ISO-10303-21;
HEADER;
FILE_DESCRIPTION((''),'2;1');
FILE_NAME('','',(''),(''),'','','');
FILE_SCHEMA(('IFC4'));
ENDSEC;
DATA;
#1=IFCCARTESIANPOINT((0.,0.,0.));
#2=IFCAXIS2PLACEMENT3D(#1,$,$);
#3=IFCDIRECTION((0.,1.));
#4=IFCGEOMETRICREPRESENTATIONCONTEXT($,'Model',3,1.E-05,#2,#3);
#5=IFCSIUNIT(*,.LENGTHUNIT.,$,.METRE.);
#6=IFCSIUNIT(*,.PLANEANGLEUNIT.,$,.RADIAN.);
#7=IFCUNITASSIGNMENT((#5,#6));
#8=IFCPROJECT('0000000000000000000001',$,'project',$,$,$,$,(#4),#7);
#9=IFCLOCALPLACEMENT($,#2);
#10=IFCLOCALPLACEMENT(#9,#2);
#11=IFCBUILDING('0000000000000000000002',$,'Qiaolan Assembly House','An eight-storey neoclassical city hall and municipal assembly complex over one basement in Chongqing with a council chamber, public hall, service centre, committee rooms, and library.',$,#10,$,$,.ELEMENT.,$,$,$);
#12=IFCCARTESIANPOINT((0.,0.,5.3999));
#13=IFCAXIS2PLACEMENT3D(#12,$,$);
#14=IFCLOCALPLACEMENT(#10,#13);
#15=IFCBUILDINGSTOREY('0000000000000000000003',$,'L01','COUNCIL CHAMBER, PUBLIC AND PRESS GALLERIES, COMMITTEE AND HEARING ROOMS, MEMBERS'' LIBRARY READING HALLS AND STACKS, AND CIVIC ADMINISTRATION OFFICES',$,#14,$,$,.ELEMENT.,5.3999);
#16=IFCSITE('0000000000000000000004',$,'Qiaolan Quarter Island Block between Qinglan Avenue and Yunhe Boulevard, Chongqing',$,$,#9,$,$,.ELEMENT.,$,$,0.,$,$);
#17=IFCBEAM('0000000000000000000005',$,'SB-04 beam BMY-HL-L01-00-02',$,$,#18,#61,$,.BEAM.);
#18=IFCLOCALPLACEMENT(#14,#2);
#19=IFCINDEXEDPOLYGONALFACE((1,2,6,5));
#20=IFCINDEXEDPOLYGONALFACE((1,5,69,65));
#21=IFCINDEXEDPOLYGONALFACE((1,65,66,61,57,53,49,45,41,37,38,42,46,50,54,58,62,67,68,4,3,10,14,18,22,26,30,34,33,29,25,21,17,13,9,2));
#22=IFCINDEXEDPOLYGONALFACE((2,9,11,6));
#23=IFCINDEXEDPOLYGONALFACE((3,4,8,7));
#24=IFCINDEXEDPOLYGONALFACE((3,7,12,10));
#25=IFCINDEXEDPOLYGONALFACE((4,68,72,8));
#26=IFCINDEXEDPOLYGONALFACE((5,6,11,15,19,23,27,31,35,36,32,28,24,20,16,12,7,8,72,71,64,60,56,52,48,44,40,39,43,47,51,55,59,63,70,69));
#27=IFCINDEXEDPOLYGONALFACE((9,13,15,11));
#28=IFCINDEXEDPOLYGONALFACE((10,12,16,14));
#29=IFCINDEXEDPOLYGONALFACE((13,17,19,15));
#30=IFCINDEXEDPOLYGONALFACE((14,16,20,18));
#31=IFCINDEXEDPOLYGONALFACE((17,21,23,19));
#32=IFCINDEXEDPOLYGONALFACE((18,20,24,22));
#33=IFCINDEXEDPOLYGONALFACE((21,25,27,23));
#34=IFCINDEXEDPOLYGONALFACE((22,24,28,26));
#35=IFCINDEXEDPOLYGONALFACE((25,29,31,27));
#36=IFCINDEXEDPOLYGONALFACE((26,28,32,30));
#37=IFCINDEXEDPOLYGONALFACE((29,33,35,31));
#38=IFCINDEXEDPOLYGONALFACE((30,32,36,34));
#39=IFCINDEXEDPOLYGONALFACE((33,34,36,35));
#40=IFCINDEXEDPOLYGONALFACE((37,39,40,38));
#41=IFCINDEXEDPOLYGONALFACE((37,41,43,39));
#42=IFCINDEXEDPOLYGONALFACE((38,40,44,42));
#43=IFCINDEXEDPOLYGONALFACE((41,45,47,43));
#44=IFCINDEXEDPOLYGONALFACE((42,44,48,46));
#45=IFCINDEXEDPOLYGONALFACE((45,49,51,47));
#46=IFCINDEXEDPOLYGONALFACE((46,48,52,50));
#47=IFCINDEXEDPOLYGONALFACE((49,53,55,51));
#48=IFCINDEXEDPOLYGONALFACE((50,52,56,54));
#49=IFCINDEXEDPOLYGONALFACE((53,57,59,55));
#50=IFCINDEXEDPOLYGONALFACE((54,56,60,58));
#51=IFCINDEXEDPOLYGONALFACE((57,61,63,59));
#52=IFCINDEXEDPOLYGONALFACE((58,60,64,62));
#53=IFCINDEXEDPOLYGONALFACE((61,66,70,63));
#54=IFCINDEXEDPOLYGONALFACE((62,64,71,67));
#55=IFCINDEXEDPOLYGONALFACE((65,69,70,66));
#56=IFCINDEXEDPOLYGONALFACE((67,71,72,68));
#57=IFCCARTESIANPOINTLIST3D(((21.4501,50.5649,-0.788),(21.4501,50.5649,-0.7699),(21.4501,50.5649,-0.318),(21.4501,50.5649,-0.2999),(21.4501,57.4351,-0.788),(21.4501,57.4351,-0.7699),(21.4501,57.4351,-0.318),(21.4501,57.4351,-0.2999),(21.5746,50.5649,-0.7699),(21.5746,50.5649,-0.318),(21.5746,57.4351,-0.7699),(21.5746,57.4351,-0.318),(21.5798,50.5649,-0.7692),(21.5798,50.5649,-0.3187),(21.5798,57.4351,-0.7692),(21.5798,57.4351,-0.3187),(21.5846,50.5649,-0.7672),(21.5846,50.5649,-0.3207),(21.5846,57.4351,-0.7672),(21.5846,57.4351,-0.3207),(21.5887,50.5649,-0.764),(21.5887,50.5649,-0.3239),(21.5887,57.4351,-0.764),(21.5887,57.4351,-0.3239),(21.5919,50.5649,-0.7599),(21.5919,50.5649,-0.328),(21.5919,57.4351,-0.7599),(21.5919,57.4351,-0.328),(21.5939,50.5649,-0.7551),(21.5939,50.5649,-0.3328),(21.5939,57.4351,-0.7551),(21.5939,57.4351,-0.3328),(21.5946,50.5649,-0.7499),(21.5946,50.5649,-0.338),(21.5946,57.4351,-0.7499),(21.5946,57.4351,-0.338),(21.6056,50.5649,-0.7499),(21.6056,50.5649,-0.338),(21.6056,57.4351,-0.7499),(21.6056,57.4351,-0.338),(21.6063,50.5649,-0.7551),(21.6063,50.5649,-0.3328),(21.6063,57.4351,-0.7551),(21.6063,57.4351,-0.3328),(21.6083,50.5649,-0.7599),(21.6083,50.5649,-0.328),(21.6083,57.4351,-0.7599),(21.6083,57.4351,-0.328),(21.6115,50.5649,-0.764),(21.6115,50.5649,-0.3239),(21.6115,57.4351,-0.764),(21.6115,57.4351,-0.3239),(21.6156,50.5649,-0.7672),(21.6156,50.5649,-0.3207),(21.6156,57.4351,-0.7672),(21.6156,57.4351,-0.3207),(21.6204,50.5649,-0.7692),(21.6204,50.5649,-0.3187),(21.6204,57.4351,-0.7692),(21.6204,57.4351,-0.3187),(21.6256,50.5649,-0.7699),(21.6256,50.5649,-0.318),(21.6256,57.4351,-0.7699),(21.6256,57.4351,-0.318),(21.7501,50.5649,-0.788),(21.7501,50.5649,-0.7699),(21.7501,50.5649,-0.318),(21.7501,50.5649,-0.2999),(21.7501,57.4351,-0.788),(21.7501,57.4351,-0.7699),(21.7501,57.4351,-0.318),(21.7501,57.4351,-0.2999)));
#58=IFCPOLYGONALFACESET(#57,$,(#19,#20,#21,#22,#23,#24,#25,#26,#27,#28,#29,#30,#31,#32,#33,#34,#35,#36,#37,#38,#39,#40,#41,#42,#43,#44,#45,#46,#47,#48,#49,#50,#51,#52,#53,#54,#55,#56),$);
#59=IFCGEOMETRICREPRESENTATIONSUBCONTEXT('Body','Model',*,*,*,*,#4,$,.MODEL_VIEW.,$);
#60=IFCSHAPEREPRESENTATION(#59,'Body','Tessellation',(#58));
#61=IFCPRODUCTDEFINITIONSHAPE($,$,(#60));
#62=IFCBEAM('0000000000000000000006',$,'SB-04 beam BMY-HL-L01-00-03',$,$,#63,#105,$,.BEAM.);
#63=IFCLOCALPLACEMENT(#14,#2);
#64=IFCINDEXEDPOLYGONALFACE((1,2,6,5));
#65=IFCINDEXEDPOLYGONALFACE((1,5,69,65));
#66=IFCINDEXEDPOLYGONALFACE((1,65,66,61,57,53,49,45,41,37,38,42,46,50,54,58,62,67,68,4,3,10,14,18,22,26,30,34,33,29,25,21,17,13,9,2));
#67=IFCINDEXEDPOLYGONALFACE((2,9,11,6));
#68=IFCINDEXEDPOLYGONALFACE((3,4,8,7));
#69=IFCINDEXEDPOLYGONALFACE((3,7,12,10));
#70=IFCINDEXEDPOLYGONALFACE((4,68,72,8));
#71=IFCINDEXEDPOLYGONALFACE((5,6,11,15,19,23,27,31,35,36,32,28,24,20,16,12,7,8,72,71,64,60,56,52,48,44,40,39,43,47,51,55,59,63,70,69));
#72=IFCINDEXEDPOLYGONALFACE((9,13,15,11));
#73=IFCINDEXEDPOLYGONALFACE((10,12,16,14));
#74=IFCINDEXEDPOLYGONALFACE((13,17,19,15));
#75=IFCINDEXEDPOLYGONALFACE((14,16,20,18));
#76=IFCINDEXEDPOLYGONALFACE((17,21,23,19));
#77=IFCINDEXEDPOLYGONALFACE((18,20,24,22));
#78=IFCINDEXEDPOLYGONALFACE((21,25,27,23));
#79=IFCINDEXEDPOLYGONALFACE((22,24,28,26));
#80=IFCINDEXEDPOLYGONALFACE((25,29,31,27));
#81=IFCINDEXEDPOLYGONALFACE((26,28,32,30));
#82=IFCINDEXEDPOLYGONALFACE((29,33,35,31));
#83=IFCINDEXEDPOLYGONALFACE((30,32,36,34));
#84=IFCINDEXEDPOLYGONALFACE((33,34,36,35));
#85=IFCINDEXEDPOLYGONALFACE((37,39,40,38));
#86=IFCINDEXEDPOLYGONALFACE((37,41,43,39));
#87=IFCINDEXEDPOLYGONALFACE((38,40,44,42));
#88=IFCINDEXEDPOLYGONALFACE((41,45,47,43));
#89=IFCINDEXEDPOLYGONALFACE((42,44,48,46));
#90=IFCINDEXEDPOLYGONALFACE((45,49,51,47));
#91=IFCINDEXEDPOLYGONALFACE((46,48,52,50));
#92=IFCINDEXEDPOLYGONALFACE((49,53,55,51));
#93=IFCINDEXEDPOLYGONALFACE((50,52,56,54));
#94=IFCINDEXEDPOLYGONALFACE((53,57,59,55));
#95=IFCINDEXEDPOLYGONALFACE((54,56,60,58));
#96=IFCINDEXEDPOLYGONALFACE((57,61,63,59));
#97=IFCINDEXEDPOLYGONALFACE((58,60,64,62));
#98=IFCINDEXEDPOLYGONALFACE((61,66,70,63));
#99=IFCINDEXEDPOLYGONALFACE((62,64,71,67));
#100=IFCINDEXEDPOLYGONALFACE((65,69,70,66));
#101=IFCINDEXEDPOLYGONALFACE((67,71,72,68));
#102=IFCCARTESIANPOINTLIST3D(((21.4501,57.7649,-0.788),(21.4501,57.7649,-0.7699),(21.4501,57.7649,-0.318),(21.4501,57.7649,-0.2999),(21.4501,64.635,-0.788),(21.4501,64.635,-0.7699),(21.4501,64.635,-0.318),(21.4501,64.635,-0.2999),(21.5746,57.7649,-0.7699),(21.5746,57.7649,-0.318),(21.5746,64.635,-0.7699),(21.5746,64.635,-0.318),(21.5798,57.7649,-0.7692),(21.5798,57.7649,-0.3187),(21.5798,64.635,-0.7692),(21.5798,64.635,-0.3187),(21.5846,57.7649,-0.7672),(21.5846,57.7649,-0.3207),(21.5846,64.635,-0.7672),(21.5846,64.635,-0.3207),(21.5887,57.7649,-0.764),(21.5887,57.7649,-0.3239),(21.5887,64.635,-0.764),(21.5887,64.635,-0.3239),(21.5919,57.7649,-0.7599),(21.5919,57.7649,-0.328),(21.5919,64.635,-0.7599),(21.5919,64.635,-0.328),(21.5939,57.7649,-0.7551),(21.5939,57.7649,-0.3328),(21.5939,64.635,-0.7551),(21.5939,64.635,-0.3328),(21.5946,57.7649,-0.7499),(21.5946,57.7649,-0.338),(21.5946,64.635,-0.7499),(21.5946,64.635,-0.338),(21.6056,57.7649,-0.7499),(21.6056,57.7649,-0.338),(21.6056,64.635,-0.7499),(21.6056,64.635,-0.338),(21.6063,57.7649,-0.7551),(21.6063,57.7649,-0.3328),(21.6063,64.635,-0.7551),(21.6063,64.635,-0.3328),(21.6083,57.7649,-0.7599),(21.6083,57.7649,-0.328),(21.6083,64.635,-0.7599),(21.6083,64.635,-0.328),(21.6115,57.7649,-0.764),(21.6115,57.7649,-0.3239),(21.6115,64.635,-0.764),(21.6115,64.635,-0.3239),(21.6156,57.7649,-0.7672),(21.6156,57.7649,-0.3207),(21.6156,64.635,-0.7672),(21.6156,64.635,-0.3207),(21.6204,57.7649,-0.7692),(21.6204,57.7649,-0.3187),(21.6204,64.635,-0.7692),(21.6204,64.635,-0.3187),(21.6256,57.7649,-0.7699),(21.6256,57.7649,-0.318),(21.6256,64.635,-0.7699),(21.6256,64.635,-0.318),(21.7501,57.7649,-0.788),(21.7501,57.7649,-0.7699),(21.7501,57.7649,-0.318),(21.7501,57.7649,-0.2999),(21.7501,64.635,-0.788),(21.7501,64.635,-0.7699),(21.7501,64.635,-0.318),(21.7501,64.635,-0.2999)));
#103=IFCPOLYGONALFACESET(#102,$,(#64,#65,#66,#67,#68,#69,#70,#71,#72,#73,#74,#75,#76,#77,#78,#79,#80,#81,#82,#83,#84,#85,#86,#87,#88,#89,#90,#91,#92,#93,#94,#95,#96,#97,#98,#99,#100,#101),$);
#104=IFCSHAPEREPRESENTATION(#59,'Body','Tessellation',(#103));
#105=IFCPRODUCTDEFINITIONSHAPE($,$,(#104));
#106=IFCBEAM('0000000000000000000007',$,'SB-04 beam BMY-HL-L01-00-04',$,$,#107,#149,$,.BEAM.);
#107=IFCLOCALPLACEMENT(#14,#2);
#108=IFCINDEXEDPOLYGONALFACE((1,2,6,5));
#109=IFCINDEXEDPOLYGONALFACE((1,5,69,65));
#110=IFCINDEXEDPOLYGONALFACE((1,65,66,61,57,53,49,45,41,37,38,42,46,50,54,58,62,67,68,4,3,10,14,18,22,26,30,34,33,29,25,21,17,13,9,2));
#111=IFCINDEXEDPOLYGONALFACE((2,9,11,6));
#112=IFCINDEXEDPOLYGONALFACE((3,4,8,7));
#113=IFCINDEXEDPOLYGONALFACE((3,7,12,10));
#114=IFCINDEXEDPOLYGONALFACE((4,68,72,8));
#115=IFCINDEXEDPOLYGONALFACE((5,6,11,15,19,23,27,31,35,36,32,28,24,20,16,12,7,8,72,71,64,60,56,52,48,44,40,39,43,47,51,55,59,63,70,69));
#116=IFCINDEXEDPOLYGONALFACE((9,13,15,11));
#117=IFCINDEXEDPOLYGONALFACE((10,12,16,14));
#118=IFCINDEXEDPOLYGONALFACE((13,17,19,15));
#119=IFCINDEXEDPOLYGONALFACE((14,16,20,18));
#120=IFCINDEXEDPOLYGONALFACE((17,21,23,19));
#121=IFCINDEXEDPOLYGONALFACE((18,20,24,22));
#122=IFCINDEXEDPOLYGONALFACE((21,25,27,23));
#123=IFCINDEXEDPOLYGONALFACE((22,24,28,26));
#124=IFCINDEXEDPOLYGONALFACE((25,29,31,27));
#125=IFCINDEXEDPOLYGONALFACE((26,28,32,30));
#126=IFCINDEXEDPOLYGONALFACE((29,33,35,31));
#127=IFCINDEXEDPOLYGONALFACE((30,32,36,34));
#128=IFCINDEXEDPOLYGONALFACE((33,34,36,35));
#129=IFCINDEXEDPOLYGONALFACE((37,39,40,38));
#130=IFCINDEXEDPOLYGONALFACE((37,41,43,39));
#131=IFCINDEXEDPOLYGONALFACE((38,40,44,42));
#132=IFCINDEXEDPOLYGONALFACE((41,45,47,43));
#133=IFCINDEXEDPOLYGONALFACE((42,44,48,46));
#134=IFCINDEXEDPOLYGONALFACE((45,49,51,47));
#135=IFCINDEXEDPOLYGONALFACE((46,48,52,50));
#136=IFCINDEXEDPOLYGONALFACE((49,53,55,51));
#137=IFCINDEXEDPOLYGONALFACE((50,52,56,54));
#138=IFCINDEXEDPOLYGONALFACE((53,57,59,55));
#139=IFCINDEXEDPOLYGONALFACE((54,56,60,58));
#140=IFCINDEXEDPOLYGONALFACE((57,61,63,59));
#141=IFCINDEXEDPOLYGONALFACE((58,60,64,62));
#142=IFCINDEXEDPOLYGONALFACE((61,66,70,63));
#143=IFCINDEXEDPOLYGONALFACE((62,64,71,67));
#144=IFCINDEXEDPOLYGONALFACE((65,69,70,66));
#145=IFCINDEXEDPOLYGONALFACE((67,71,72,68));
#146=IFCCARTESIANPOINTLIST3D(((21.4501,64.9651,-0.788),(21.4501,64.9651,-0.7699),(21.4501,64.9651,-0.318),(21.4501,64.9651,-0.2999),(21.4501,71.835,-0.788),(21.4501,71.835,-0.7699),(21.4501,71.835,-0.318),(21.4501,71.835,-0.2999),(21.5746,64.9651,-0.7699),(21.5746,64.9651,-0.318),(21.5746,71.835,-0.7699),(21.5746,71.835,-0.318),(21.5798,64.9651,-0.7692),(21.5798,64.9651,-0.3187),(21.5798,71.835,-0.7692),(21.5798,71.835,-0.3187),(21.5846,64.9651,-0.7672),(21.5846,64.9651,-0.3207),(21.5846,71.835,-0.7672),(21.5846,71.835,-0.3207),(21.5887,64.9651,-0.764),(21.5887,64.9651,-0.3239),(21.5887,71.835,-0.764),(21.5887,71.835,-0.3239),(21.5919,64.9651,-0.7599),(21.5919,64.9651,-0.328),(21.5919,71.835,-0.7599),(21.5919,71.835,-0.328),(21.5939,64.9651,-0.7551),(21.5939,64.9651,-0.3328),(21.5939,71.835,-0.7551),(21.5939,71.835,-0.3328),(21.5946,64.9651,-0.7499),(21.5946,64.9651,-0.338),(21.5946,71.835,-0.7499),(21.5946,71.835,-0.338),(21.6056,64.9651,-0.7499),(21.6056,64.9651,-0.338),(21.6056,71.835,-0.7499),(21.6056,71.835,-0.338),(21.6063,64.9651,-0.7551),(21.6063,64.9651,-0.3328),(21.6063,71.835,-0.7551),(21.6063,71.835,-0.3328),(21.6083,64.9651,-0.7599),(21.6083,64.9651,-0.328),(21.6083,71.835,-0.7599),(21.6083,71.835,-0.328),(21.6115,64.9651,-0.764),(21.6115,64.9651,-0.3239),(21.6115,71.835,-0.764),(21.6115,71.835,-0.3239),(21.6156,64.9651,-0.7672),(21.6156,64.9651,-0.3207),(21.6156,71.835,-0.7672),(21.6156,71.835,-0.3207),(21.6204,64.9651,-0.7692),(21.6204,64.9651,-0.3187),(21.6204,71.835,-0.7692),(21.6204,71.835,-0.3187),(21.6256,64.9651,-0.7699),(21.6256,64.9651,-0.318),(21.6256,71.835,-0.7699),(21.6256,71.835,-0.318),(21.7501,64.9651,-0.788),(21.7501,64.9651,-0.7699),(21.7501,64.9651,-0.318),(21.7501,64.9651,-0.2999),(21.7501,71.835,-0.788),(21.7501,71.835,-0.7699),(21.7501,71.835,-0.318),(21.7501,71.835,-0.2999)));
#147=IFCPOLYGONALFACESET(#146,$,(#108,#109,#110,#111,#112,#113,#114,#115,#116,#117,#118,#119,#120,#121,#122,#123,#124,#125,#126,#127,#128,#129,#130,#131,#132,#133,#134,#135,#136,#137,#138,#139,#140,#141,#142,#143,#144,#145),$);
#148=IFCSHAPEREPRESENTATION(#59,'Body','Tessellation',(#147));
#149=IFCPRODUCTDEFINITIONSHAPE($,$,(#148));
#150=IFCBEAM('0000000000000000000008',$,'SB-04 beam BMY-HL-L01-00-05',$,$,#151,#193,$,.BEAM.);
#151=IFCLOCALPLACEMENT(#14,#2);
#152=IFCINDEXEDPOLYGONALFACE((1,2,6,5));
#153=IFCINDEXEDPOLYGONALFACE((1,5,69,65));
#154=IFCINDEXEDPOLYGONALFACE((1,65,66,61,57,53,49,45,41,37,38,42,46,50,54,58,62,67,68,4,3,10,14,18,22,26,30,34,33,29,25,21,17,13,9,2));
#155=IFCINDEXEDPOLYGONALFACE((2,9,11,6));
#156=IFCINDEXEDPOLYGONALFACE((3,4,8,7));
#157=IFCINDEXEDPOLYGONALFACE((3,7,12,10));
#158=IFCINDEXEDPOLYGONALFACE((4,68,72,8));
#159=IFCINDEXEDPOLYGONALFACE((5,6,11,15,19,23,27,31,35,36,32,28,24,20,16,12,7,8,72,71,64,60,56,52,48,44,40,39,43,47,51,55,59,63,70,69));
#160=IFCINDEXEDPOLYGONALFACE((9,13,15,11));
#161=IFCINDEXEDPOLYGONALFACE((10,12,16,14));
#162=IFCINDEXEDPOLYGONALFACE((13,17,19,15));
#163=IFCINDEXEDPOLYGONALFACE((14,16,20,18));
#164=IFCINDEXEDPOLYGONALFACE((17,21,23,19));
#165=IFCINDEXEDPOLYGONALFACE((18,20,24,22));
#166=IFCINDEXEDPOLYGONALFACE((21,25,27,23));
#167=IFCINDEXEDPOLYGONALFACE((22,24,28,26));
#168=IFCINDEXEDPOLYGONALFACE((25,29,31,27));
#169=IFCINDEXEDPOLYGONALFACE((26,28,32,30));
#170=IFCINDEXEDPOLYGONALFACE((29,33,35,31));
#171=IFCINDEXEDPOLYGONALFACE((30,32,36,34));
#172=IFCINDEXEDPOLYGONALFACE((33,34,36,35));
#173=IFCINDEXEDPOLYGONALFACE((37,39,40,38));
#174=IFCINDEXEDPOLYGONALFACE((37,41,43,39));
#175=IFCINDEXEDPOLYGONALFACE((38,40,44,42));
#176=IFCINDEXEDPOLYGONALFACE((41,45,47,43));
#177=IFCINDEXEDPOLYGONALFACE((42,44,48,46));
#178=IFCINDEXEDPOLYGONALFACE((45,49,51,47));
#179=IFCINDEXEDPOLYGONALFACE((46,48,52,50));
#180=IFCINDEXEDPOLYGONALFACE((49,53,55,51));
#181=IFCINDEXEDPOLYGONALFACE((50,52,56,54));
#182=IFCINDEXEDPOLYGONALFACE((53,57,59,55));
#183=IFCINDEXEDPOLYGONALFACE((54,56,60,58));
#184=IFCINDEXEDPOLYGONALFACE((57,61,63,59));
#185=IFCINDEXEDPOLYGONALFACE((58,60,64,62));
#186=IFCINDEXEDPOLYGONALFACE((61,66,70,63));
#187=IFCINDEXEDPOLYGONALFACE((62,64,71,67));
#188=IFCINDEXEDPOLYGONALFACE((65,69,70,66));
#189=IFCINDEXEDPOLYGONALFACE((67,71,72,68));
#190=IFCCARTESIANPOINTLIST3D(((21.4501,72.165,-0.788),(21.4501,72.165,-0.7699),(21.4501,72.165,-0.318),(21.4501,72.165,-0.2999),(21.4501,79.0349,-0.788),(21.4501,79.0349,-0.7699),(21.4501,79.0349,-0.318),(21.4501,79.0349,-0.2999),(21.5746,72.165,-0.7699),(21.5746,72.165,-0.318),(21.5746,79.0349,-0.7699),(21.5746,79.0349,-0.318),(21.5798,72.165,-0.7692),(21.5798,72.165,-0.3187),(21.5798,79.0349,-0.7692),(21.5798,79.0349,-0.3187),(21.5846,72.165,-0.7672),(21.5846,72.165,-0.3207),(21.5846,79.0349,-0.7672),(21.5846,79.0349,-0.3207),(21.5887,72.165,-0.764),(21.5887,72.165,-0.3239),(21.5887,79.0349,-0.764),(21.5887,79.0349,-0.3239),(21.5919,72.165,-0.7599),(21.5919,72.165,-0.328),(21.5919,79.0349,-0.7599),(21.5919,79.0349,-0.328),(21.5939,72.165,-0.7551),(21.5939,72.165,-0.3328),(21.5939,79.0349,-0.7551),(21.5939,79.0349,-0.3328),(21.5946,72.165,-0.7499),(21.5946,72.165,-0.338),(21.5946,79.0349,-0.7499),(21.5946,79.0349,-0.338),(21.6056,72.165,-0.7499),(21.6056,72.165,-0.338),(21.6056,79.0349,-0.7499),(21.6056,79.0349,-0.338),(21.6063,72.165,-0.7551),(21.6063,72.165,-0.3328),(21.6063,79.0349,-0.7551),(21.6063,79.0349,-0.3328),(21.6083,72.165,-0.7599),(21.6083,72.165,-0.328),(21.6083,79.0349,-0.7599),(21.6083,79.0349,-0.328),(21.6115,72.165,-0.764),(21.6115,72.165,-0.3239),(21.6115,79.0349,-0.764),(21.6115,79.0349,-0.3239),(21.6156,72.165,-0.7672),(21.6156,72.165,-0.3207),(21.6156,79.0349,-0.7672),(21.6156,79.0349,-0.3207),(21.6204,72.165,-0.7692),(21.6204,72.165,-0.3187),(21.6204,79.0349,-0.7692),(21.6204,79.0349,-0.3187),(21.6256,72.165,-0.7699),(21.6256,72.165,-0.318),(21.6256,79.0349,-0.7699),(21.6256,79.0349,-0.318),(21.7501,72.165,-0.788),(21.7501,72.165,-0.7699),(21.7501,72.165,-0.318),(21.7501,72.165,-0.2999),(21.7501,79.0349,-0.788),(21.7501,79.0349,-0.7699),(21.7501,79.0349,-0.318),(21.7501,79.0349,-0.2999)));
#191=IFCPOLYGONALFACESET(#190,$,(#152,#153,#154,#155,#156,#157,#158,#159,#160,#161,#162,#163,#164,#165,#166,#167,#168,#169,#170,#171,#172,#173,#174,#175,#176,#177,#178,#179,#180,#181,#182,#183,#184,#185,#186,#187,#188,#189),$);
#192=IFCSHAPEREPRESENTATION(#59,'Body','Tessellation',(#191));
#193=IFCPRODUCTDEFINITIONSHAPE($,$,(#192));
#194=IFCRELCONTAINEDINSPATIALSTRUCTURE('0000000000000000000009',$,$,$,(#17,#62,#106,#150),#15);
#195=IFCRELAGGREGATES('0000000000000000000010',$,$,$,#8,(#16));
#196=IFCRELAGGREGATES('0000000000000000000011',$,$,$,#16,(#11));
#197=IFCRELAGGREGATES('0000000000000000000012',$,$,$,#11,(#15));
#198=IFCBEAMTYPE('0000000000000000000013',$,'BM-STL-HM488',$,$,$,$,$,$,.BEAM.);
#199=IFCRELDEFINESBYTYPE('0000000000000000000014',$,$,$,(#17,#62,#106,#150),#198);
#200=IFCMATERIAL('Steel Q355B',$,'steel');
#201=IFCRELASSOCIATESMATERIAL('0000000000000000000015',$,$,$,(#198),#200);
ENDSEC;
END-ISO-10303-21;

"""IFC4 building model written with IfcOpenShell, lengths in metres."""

from ifc_helpers import new_model, si_unit, direction, frame, origin, origin_2d, place, context, subcontext, project, spatial, i_section, extrude, material, material_profile, profile_set, type_object, element, save


model = new_model("IFC4")

# Units and contexts
model_context = context("Model", 3, precision=1e-05, world=origin(), true_north=direction((0.0, 1.0)))
body_context = subcontext(model_context, "Body", "Model", "MODEL_VIEW")
ifc_project = project(units=[si_unit("LENGTHUNIT", "METRE"), si_unit("PLANEANGLEUNIT", "RADIAN")], contexts=[model_context])

# Site, building, storey
site_placement = place(None, origin())
site = spatial("IfcSite", under=ifc_project, at=site_placement, Name="Qiaolan Quarter Island Block between Qinglan Avenue and Yunhe Boulevard, Chongqing", CompositionType="ELEMENT", RefElevation=0.0)
building_placement = place(site_placement, origin())
building = spatial("IfcBuilding", under=site, at=building_placement, Name="Qiaolan Assembly House", Description="An eight-storey neoclassical city hall and municipal assembly complex over one basement in Chongqing with a council chamber, public hall, service centre, committee rooms, and library.", CompositionType="ELEMENT")
storey_placement = place(building_placement, frame((0.0, 0.0, 5.3999)))
storey = spatial("IfcBuildingStorey", under=building, at=storey_placement, Name="L01", Description="COUNCIL CHAMBER, PUBLIC AND PRESS GALLERIES, COMMITTEE AND HEARING ROOMS, MEMBERS' LIBRARY READING HALLS AND STACKS, AND CIVIC ADMINISTRATION OFFICES", CompositionType="ELEMENT", Elevation=5.3999)

# Shared definitions
ifc_material_1 = material(Name="Steel Q355B", Category="steel")

# Beams
ifc_material_profile_1 = material_profile(ifc_material_1, i_section(OverallWidth=0.3, OverallDepth=0.488, WebThickness=0.011, FlangeThickness=0.0181, FilletRadius=0.02, at=origin_2d()), Name="HM 488x300x11x18")
ifc_profile_set_1 = profile_set([ifc_material_profile_1], Name="Steel Q355B")
beam_type_1 = type_object("IfcBeamType", Name="BM-STL-HM488", PredefinedType="BEAM", material=ifc_profile_set_1)
for number, where, z_axis, x_axis, name in (
    (1, (21.6001, 50.5649, -0.5439), (0.0, 1.0, 0.0), (-1.0, 0.0, 0.0), "SB-04 beam BMY-HL-L01-00-02"),
    (2, (21.6001, 57.7649, -0.5439), (0.0, 1.0, 0.0), (-1.0, 0.0, 0.0), "SB-04 beam BMY-HL-L01-00-03"),
):
    element("IfcBeam", number, at=place(storey_placement, frame(where, z_axis=z_axis, x_axis=x_axis)), inside=storey, type_object=beam_type_1, Name=name, PredefinedType="BEAM", context=body_context, shape_type="SweptSolid", body=[
        extrude(i_section(OverallWidth=0.3, OverallDepth=0.488, WebThickness=0.011, FlangeThickness=0.0181, FilletRadius=0.02, at=origin_2d()), origin(), (0.0, 0.0, 1.0), 6.8701),
    ])
for number, where, z_axis, x_axis, name in (
    (3, (21.6001, 64.9651, -0.5439), (0.0, 1.0, 0.0), (-1.0, 0.0, 0.0), "SB-04 beam BMY-HL-L01-00-04"),
    (4, (21.6001, 72.165, -0.5439), (0.0, 1.0, 0.0), (-1.0, 0.0, 0.0), "SB-04 beam BMY-HL-L01-00-05"),
):
    element("IfcBeam", number, at=place(storey_placement, frame(where, z_axis=z_axis, x_axis=x_axis)), inside=storey, type_object=beam_type_1, Name=name, PredefinedType="BEAM", context=body_context, shape_type="SweptSolid", body=[
        extrude(i_section(OverallWidth=0.3, OverallDepth=0.488, WebThickness=0.011, FlangeThickness=0.0181, FilletRadius=0.02, at=origin_2d()), origin(), (0.0, 0.0, 1.0), 6.8699),
    ])

save(model, "model.ifc")
